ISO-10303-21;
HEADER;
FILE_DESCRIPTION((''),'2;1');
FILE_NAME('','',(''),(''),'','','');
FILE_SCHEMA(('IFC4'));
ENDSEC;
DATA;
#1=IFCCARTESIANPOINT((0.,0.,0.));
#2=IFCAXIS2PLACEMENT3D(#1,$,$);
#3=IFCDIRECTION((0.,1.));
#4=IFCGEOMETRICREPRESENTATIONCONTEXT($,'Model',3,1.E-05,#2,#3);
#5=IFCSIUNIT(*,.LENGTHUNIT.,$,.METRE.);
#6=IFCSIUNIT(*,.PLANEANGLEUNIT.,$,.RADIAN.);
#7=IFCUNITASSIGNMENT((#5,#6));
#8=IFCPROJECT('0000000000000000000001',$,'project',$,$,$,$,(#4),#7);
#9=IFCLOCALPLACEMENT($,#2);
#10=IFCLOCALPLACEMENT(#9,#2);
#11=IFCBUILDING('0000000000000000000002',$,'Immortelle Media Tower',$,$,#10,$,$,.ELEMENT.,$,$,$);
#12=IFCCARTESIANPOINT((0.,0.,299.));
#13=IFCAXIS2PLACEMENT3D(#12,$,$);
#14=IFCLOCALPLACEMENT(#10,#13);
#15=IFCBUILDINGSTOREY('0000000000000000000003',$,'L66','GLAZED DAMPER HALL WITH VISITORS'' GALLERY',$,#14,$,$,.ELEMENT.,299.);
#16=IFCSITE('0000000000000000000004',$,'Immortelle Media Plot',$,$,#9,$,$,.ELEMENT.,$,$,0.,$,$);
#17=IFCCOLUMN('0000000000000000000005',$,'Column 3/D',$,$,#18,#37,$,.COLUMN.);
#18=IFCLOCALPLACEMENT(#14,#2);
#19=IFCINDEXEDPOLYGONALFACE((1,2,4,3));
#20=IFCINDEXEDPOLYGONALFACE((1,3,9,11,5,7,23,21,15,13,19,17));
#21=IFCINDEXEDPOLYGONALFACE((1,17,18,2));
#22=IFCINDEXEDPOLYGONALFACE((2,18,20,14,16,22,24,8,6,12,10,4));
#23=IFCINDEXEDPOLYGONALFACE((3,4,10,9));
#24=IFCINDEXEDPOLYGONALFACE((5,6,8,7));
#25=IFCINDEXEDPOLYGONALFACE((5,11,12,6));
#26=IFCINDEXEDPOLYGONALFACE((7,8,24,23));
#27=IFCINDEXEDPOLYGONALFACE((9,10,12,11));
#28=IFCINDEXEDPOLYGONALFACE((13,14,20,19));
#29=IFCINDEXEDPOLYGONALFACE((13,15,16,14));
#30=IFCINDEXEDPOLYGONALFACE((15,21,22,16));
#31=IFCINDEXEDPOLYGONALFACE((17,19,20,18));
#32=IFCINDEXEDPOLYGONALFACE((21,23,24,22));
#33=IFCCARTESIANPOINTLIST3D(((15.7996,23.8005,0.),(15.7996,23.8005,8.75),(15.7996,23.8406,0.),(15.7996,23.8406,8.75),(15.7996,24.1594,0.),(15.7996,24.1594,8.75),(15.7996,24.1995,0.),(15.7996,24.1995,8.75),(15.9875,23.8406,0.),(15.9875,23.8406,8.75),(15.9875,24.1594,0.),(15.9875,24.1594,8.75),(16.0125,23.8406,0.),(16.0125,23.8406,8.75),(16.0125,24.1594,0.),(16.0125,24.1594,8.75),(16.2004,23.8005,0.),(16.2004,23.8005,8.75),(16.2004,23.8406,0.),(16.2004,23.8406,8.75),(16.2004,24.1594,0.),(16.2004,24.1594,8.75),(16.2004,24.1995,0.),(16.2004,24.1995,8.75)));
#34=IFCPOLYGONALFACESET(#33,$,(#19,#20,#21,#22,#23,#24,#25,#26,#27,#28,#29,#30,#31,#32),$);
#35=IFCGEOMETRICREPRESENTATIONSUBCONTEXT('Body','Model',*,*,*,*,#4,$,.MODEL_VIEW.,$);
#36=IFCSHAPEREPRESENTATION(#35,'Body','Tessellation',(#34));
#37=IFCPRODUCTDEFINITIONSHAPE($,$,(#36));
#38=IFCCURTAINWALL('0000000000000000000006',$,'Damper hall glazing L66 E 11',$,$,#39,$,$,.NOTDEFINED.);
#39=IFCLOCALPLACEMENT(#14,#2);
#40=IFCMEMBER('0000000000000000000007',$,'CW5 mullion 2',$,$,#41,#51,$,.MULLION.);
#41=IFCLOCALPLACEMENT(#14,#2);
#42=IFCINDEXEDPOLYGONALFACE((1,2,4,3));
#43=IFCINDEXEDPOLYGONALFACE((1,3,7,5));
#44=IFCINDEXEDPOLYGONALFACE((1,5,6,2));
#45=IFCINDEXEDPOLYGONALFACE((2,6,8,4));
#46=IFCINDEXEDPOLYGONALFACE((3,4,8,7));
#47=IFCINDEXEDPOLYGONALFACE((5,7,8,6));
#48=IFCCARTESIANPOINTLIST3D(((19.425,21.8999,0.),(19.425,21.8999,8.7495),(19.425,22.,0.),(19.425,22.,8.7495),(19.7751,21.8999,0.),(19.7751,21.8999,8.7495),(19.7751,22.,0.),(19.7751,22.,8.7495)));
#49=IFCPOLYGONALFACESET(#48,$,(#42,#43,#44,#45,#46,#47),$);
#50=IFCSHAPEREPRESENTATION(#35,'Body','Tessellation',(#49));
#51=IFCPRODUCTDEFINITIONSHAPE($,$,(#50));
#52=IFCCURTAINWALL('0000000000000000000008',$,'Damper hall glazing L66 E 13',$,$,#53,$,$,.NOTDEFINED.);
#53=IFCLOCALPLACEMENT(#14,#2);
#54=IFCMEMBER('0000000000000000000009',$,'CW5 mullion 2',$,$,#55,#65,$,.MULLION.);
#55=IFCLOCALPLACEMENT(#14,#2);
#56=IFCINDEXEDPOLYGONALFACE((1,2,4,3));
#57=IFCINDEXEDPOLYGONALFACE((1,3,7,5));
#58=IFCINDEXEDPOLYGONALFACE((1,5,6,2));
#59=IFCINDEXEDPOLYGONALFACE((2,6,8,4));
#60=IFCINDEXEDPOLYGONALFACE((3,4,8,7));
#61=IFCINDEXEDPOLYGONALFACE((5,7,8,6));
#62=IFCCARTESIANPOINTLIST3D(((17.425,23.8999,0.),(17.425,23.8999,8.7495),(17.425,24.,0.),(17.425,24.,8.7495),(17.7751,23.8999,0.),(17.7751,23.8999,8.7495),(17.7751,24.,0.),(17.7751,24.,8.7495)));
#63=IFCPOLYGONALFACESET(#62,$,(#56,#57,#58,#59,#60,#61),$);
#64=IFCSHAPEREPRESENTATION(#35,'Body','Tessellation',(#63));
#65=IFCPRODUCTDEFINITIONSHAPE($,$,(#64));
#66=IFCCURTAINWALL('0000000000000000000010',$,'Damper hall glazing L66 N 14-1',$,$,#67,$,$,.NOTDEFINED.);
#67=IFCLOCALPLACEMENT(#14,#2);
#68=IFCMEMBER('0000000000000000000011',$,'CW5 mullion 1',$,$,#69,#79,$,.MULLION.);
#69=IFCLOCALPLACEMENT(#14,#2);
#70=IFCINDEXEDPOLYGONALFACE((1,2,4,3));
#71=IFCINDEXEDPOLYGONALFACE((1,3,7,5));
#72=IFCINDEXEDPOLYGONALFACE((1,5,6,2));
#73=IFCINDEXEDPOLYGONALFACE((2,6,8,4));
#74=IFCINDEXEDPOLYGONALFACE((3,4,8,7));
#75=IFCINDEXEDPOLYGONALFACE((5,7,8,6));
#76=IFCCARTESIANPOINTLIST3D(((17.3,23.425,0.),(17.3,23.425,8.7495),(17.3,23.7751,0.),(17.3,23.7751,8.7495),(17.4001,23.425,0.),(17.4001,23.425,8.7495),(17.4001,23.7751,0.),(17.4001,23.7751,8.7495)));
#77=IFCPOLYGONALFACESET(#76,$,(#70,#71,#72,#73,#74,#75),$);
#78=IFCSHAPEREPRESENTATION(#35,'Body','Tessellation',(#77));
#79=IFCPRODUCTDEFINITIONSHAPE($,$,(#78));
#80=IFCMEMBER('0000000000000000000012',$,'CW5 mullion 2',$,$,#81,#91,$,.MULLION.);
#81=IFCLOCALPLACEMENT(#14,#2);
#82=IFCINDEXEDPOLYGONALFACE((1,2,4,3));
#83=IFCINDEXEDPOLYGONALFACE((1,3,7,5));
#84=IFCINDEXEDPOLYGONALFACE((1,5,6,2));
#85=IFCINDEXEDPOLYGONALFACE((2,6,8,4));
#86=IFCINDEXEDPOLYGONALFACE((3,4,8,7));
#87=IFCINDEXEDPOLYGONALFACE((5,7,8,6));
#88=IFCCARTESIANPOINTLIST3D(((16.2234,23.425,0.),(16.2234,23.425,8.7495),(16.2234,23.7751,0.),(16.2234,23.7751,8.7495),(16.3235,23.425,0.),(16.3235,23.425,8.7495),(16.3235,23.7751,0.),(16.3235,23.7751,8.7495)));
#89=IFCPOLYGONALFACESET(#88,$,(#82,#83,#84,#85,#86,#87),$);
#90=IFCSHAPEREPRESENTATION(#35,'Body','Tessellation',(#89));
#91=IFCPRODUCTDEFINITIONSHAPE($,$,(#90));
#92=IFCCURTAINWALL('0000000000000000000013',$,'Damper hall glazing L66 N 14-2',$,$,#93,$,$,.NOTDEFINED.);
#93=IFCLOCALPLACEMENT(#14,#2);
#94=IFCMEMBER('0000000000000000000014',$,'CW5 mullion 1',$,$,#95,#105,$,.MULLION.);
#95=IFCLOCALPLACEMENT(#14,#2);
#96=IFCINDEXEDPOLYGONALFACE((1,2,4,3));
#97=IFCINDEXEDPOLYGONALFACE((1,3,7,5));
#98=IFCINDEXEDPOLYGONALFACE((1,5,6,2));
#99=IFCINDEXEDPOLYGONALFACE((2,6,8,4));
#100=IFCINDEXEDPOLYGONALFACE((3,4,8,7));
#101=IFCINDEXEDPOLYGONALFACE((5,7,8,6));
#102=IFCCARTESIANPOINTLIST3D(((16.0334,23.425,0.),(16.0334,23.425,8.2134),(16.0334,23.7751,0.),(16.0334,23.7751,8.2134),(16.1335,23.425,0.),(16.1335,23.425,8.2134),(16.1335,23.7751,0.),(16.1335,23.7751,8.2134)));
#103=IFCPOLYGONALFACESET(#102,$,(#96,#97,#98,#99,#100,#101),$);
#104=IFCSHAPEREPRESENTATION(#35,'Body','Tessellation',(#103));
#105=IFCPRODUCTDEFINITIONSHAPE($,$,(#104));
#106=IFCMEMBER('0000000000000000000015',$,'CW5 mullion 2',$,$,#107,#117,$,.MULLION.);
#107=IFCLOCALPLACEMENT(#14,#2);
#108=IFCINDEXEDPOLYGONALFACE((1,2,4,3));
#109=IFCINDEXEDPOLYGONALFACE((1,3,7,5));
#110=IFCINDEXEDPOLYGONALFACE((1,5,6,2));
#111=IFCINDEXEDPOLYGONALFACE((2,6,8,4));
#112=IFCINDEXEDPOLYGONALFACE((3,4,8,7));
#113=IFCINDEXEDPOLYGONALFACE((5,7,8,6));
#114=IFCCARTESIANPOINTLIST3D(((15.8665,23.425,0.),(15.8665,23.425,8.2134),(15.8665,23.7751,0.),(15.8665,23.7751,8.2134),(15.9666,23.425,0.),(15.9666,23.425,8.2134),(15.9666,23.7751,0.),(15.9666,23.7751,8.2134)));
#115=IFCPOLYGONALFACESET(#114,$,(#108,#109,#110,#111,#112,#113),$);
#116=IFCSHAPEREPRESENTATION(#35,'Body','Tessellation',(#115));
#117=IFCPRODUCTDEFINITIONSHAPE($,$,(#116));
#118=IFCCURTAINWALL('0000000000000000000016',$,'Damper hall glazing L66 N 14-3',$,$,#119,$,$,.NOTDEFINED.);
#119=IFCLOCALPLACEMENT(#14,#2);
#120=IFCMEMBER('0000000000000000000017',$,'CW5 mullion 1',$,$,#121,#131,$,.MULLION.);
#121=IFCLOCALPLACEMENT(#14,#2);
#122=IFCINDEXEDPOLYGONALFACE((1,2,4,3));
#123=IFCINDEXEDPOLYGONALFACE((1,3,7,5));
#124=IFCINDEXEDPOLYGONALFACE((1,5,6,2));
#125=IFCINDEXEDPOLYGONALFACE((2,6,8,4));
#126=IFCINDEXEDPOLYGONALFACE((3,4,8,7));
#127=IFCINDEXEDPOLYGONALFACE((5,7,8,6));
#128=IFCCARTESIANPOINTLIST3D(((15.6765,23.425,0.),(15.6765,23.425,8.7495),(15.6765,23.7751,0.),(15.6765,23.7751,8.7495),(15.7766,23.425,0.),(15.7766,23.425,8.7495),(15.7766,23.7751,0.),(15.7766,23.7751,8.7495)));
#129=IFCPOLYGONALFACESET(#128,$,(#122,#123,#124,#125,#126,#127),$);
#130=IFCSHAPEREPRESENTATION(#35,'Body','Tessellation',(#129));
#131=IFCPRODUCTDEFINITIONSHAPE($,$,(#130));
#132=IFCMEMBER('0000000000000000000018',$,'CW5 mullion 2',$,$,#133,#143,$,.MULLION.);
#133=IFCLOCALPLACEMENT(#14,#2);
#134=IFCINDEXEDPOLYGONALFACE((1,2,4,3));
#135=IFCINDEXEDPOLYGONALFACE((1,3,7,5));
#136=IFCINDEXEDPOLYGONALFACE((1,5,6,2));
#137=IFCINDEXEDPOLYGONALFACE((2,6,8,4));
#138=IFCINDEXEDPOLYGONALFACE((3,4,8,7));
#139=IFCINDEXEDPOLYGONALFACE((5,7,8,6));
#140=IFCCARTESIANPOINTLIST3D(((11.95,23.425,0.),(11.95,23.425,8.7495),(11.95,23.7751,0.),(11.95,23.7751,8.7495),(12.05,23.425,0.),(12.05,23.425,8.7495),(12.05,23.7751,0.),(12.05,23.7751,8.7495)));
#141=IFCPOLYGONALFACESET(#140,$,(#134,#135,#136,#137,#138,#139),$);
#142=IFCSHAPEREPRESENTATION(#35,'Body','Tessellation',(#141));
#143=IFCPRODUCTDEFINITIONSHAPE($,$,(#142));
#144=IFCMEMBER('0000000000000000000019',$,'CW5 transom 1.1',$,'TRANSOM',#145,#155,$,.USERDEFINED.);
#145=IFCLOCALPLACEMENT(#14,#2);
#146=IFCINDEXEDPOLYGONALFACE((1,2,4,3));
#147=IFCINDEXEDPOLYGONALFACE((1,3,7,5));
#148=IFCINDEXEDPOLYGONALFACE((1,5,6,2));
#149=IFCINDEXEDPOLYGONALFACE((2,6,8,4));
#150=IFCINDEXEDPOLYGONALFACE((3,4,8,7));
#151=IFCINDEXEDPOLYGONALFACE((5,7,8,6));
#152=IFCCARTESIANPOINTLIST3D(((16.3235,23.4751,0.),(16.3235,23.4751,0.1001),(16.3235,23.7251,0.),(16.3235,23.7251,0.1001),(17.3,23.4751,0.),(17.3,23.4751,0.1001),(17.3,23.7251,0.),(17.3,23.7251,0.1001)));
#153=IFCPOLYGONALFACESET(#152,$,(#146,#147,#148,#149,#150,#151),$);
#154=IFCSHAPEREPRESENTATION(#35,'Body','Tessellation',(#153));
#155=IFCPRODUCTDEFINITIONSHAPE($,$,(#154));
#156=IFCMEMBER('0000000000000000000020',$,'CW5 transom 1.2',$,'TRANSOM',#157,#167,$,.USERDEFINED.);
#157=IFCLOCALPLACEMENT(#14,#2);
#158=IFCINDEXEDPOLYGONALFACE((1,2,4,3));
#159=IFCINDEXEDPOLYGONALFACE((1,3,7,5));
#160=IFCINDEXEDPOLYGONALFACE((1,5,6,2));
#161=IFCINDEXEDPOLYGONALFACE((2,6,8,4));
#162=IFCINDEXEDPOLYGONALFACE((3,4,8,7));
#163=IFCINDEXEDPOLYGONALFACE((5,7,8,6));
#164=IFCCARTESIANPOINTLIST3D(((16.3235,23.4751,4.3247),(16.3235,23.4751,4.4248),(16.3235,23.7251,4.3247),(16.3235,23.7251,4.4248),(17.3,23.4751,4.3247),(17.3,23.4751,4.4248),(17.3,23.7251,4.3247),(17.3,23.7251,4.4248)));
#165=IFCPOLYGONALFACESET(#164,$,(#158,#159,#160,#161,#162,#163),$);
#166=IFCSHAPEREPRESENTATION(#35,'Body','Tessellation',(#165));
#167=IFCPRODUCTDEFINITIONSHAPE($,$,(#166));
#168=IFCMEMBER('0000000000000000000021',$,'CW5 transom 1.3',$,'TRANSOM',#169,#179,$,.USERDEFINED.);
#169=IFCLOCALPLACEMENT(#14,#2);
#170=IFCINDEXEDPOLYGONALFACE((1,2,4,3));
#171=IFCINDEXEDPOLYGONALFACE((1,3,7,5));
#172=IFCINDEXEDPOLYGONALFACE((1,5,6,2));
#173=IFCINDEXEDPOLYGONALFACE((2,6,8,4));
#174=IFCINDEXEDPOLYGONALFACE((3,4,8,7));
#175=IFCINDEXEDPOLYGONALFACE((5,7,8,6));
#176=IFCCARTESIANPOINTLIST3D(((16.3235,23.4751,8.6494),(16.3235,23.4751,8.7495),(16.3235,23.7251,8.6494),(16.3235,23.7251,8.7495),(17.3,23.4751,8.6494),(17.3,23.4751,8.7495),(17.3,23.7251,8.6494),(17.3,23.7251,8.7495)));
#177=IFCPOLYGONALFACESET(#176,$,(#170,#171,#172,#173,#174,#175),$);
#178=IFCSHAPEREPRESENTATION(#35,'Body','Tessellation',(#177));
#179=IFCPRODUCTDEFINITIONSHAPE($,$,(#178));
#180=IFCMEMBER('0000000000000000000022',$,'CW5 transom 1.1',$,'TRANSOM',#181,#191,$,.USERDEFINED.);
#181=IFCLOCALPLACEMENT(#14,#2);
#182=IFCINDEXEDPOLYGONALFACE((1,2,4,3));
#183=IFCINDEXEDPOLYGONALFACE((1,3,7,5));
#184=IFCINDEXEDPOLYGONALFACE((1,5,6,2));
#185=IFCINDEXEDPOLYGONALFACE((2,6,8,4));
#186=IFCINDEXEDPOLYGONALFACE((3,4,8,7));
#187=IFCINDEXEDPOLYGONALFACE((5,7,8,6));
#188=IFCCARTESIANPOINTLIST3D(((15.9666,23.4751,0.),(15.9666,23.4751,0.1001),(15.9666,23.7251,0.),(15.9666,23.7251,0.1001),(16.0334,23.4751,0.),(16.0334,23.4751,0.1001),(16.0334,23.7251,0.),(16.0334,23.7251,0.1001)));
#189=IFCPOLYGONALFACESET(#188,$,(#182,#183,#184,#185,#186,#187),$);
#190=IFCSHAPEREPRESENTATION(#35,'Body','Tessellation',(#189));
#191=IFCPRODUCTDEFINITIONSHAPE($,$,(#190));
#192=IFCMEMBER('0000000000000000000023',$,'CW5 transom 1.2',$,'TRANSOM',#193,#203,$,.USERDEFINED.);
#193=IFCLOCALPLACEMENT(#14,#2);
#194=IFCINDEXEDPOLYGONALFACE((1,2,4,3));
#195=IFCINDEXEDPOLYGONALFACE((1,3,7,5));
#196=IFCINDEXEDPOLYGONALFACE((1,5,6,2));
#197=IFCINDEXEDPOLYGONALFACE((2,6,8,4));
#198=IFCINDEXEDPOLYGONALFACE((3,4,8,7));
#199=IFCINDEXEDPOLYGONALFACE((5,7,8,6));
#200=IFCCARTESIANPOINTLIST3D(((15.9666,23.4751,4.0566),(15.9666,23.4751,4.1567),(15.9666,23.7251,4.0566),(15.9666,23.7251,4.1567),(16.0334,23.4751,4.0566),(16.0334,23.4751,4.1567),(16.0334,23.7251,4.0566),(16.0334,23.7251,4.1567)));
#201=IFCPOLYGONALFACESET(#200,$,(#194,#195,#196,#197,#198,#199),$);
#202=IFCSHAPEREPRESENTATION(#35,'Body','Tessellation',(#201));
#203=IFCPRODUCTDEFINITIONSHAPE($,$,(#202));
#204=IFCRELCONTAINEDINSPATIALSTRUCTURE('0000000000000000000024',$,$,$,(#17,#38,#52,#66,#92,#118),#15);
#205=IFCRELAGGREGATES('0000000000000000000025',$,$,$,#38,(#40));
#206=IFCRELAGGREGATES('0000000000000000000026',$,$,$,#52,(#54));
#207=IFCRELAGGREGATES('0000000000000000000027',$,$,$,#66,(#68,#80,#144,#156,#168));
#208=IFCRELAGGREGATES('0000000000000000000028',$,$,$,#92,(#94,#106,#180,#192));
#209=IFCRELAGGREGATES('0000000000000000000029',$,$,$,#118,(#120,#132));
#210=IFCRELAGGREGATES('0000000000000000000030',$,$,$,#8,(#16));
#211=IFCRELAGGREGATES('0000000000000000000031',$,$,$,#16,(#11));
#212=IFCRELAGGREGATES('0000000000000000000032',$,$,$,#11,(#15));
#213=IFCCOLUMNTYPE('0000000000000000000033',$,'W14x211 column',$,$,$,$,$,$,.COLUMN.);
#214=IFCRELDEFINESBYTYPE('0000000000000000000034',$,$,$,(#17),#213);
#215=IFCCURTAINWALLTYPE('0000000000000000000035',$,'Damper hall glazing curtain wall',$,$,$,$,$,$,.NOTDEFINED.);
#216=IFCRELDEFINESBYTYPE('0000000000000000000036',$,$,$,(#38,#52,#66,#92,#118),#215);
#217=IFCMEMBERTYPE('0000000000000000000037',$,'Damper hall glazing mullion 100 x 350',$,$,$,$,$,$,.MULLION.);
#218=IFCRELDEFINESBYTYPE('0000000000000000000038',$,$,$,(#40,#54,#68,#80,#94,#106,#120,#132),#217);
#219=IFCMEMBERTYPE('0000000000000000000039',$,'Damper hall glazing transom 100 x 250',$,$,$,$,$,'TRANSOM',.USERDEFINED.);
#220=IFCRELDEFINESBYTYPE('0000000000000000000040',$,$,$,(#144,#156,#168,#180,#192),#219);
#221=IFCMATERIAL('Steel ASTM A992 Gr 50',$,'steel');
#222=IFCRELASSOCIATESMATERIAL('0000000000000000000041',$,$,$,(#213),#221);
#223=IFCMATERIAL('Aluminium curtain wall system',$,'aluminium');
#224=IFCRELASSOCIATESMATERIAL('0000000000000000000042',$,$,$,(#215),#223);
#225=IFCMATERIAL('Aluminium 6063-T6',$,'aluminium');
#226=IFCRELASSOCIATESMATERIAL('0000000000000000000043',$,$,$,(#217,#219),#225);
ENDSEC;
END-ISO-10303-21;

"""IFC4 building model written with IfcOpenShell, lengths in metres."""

from ifc_helpers import new_model, si_unit, direction, frame, origin, origin_2d, place, context, subcontext, project, spatial, rectangle, i_section, extrude, material, material_profile, profile_set, type_object, element, aggregate, save


model = new_model("IFC4")

# Units and contexts
model_context = context("Model", 3, precision=1e-05, world=origin(), true_north=direction((0.0, 1.0)))
body_context = subcontext(model_context, "Body", "Model", "MODEL_VIEW")
ifc_project = project(units=[si_unit("LENGTHUNIT", "METRE"), si_unit("PLANEANGLEUNIT", "RADIAN")], contexts=[model_context])

# Site, building, storey
site_placement = place(None, origin())
site = spatial("IfcSite", under=ifc_project, at=site_placement, Name="Immortelle Media Plot", CompositionType="ELEMENT", RefElevation=0.0)
building_placement = place(site_placement, origin())
building = spatial("IfcBuilding", under=site, at=building_placement, Name="Immortelle Media Tower", CompositionType="ELEMENT")
storey_placement = place(building_placement, frame((0.0, 0.0, 299.0)))
storey = spatial("IfcBuildingStorey", under=building, at=storey_placement, Name="L66", Description="GLAZED DAMPER HALL WITH VISITORS' GALLERY", CompositionType="ELEMENT", Elevation=299.0)

# Column
ifc_material_1 = material(Name="Steel ASTM A992 Gr 50", Category="steel")
ifc_material_profile_1 = material_profile(ifc_material_1, i_section(OverallWidth=0.4009, OverallDepth=0.3989, WebThickness=0.0249, FlangeThickness=0.04, at=origin_2d()), Name="W14x211")
ifc_profile_set_1 = profile_set([ifc_material_profile_1], Name="Steel ASTM A992 Gr 50")
column_type = type_object("IfcColumnType", Name="W14x211 column", PredefinedType="COLUMN", material=ifc_profile_set_1)
column_placement = place(storey_placement, frame((16.0, 24.0, 0.0), z_axis=(0.0, 0.0, 1.0), x_axis=(1.0, 0.0, 0.0)))
element("IfcColumn", 1, at=column_placement, inside=storey, type_object=column_type, Name="Column 3/D", PredefinedType="COLUMN", context=body_context, shape_type="SweptSolid", body=[
    extrude(i_section(OverallWidth=0.4009, OverallDepth=0.3989, WebThickness=0.0249, FlangeThickness=0.04, at=origin_2d()), origin(), (0.0, 0.0, 1.0), 8.75),
])

# Curtain walls, members
ifc_material_2 = material(Name="Aluminium curtain wall system", Category="aluminium")
curtain_wall_type = type_object("IfcCurtainWallType", Name="Damper hall glazing curtain wall", PredefinedType="NOTDEFINED", material=ifc_material_2)
curtain_wall_1_placement = place(storey_placement, origin())
curtain_wall_1 = element("IfcCurtainWall", 2, at=curtain_wall_1_placement, inside=storey, type_object=curtain_wall_type, Name="Damper hall glazing L66 E 11", PredefinedType="NOTDEFINED")
ifc_material_3 = material(Name="Aluminium 6063-T6", Category="aluminium")
ifc_material_profile_2 = material_profile(ifc_material_3, rectangle(XDim=0.3501, YDim=0.1001, at=origin_2d()), Name="AL 100x350")
ifc_profile_set_2 = profile_set([ifc_material_profile_2], Name="Aluminium 6063-T6")
member_type_1 = type_object("IfcMemberType", Name="Damper hall glazing mullion 100 x 350", PredefinedType="MULLION", material=ifc_profile_set_2)
member_1_placement = place(storey_placement, frame((19.6001, 21.95, 0.0), z_axis=(0.0, 0.0, 1.0), x_axis=(-1.0, 0.0, 0.0)))
member_1 = element("IfcMember", 3, at=member_1_placement, type_object=member_type_1, Name="CW5 mullion 2", PredefinedType="MULLION", context=body_context, shape_type="SweptSolid", body=[
    extrude(rectangle(XDim=0.3501, YDim=0.1001, at=origin_2d()), origin(), (0.0, 0.0, 1.0), 8.7495),
])
aggregate(curtain_wall_1, [member_1])
curtain_wall_2_placement = place(storey_placement, origin())
curtain_wall_2 = element("IfcCurtainWall", 4, at=curtain_wall_2_placement, inside=storey, type_object=curtain_wall_type, Name="Damper hall glazing L66 E 13", PredefinedType="NOTDEFINED")
member_2_placement = place(storey_placement, frame((17.6001, 23.95, 0.0), z_axis=(0.0, 0.0, 1.0), x_axis=(-1.0, 0.0, 0.0)))
member_2 = element("IfcMember", 5, at=member_2_placement, type_object=member_type_1, Name="CW5 mullion 2", PredefinedType="MULLION", context=body_context, shape_type="SweptSolid", body=[
    extrude(rectangle(XDim=0.3501, YDim=0.1001, at=origin_2d()), origin(), (0.0, 0.0, 1.0), 8.7495),
])

# Curtain walls, members
curtain_wall_3_placement = place(storey_placement, origin())
curtain_wall_3 = element("IfcCurtainWall", 6, at=curtain_wall_3_placement, inside=storey, type_object=curtain_wall_type, Name="Damper hall glazing L66 N 14-1", PredefinedType="NOTDEFINED")
member_3_placement = place(storey_placement, frame((17.3501, 23.6001, 0.0), z_axis=(0.0, 0.0, 1.0), x_axis=(0.0, -1.0, 0.0)))
member_3 = element("IfcMember", 7, at=member_3_placement, type_object=member_type_1, Name="CW5 mullion 1", PredefinedType="MULLION", context=body_context, shape_type="SweptSolid", body=[
    extrude(rectangle(XDim=0.3501, YDim=0.1001, at=origin_2d()), origin(), (0.0, 0.0, 1.0), 8.7495),
])
member_4_placement = place(storey_placement, frame((16.2734, 23.6001, 0.0), z_axis=(0.0, 0.0, 1.0), x_axis=(0.0, -1.0, 0.0)))
member_4 = element("IfcMember", 8, at=member_4_placement, type_object=member_type_1, Name="CW5 mullion 2", PredefinedType="MULLION", context=body_context, shape_type="SweptSolid", body=[
    extrude(rectangle(XDim=0.3501, YDim=0.1001, at=origin_2d()), origin(), (0.0, 0.0, 1.0), 8.7495),
])
curtain_wall_4_placement = place(storey_placement, origin())
curtain_wall_4 = element("IfcCurtainWall", 9, at=curtain_wall_4_placement, inside=storey, type_object=curtain_wall_type, Name="Damper hall glazing L66 N 14-2", PredefinedType="NOTDEFINED")
member_5_placement = place(storey_placement, frame((16.0835, 23.6001, 0.0), z_axis=(0.0, 0.0, 1.0), x_axis=(0.0, -1.0, 0.0)))
member_5 = element("IfcMember", 10, at=member_5_placement, type_object=member_type_1, Name="CW5 mullion 1", PredefinedType="MULLION", context=body_context, shape_type="SweptSolid", body=[
    extrude(rectangle(XDim=0.3501, YDim=0.1001, at=origin_2d()), origin(), (0.0, 0.0, 1.0), 8.2134),
])
member_6_placement = place(storey_placement, frame((15.9165, 23.6001, 0.0), z_axis=(0.0, 0.0, 1.0), x_axis=(0.0, -1.0, 0.0)))
member_6 = element("IfcMember", 11, at=member_6_placement, type_object=member_type_1, Name="CW5 mullion 2", PredefinedType="MULLION", context=body_context, shape_type="SweptSolid", body=[
    extrude(rectangle(XDim=0.3501, YDim=0.1001, at=origin_2d()), origin(), (0.0, 0.0, 1.0), 8.2134),
])
curtain_wall_5_placement = place(storey_placement, origin())
curtain_wall_5 = element("IfcCurtainWall", 12, at=curtain_wall_5_placement, inside=storey, type_object=curtain_wall_type, Name="Damper hall glazing L66 N 14-3", PredefinedType="NOTDEFINED")
member_7_placement = place(storey_placement, frame((15.7266, 23.6001, 0.0), z_axis=(0.0, 0.0, 1.0), x_axis=(0.0, -1.0, 0.0)))
member_7 = element("IfcMember", 13, at=member_7_placement, type_object=member_type_1, Name="CW5 mullion 1", PredefinedType="MULLION", context=body_context, shape_type="SweptSolid", body=[
    extrude(rectangle(XDim=0.3501, YDim=0.1001, at=origin_2d()), origin(), (0.0, 0.0, 1.0), 8.7495),
])
member_8_placement = place(storey_placement, frame((12.0, 23.6001, 0.0), z_axis=(0.0, 0.0, 1.0), x_axis=(0.0, -1.0, 0.0)))
member_8 = element("IfcMember", 14, at=member_8_placement, type_object=member_type_1, Name="CW5 mullion 2", PredefinedType="MULLION", context=body_context, shape_type="SweptSolid", body=[
    extrude(rectangle(XDim=0.3501, YDim=0.1001, at=origin_2d()), origin(), (0.0, 0.0, 1.0), 8.7495),
])

# Members
ifc_material_profile_3 = material_profile(ifc_material_3, rectangle(XDim=0.25, YDim=0.1001, at=origin_2d()), Name="AL 100x250")
ifc_profile_set_3 = profile_set([ifc_material_profile_3], Name="Aluminium 6063-T6")
member_type_2 = type_object("IfcMemberType", Name="Damper hall glazing transom 100 x 250", ElementType="TRANSOM", PredefinedType="USERDEFINED", material=ifc_profile_set_3)
member_9_placement = place(storey_placement, frame((17.3, 23.6001, 0.05), z_axis=(-1.0, 0.0, 0.0), x_axis=(0.0, -1.0, 0.0)))
member_9 = element("IfcMember", 15, at=member_9_placement, type_object=member_type_2, Name="CW5 transom 1.1", ObjectType="TRANSOM", PredefinedType="USERDEFINED", context=body_context, shape_type="SweptSolid", body=[
    extrude(rectangle(XDim=0.25, YDim=0.1001, at=origin_2d()), origin(), (0.0, 0.0, 1.0), 0.9766),
])
member_10_placement = place(storey_placement, frame((17.3, 23.6001, 4.3748), z_axis=(-1.0, 0.0, 0.0), x_axis=(0.0, -1.0, 0.0)))
member_10 = element("IfcMember", 16, at=member_10_placement, type_object=member_type_2, Name="CW5 transom 1.2", ObjectType="TRANSOM", PredefinedType="USERDEFINED", context=body_context, shape_type="SweptSolid", body=[
    extrude(rectangle(XDim=0.25, YDim=0.1001, at=origin_2d()), origin(), (0.0, 0.0, 1.0), 0.9766),
])
member_11_placement = place(storey_placement, frame((17.3, 23.6001, 8.6995), z_axis=(-1.0, 0.0, 0.0), x_axis=(0.0, -1.0, 0.0)))
member_11 = element("IfcMember", 17, at=member_11_placement, type_object=member_type_2, Name="CW5 transom 1.3", ObjectType="TRANSOM", PredefinedType="USERDEFINED", context=body_context, shape_type="SweptSolid", body=[
    extrude(rectangle(XDim=0.25, YDim=0.1001, at=origin_2d()), origin(), (0.0, 0.0, 1.0), 0.9766),
])
member_12_placement = place(storey_placement, frame((16.0334, 23.6001, 0.05), z_axis=(-1.0, 0.0, 0.0), x_axis=(0.0, -1.0, 0.0)))
member_12 = element("IfcMember", 18, at=member_12_placement, type_object=member_type_2, Name="CW5 transom 1.1", ObjectType="TRANSOM", PredefinedType="USERDEFINED", context=body_context, shape_type="SweptSolid", body=[
    extrude(rectangle(XDim=0.25, YDim=0.1001, at=origin_2d()), origin(), (0.0, 0.0, 1.0), 0.0669),
])
member_13_placement = place(storey_placement, frame((16.0334, 23.6001, 4.1067), z_axis=(-1.0, 0.0, 0.0), x_axis=(0.0, -1.0, 0.0)))
member_13 = element("IfcMember", 19, at=member_13_placement, type_object=member_type_2, Name="CW5 transom 1.2", ObjectType="TRANSOM", PredefinedType="USERDEFINED", context=body_context, shape_type="SweptSolid", body=[
    extrude(rectangle(XDim=0.25, YDim=0.1001, at=origin_2d()), origin(), (0.0, 0.0, 1.0), 0.0669),
])

aggregate(curtain_wall_2, [member_2])
aggregate(curtain_wall_3, [member_3, member_4, member_9, member_10, member_11])
aggregate(curtain_wall_4, [member_5, member_6, member_12, member_13])
aggregate(curtain_wall_5, [member_7, member_8])

save(model, "model.ifc")
